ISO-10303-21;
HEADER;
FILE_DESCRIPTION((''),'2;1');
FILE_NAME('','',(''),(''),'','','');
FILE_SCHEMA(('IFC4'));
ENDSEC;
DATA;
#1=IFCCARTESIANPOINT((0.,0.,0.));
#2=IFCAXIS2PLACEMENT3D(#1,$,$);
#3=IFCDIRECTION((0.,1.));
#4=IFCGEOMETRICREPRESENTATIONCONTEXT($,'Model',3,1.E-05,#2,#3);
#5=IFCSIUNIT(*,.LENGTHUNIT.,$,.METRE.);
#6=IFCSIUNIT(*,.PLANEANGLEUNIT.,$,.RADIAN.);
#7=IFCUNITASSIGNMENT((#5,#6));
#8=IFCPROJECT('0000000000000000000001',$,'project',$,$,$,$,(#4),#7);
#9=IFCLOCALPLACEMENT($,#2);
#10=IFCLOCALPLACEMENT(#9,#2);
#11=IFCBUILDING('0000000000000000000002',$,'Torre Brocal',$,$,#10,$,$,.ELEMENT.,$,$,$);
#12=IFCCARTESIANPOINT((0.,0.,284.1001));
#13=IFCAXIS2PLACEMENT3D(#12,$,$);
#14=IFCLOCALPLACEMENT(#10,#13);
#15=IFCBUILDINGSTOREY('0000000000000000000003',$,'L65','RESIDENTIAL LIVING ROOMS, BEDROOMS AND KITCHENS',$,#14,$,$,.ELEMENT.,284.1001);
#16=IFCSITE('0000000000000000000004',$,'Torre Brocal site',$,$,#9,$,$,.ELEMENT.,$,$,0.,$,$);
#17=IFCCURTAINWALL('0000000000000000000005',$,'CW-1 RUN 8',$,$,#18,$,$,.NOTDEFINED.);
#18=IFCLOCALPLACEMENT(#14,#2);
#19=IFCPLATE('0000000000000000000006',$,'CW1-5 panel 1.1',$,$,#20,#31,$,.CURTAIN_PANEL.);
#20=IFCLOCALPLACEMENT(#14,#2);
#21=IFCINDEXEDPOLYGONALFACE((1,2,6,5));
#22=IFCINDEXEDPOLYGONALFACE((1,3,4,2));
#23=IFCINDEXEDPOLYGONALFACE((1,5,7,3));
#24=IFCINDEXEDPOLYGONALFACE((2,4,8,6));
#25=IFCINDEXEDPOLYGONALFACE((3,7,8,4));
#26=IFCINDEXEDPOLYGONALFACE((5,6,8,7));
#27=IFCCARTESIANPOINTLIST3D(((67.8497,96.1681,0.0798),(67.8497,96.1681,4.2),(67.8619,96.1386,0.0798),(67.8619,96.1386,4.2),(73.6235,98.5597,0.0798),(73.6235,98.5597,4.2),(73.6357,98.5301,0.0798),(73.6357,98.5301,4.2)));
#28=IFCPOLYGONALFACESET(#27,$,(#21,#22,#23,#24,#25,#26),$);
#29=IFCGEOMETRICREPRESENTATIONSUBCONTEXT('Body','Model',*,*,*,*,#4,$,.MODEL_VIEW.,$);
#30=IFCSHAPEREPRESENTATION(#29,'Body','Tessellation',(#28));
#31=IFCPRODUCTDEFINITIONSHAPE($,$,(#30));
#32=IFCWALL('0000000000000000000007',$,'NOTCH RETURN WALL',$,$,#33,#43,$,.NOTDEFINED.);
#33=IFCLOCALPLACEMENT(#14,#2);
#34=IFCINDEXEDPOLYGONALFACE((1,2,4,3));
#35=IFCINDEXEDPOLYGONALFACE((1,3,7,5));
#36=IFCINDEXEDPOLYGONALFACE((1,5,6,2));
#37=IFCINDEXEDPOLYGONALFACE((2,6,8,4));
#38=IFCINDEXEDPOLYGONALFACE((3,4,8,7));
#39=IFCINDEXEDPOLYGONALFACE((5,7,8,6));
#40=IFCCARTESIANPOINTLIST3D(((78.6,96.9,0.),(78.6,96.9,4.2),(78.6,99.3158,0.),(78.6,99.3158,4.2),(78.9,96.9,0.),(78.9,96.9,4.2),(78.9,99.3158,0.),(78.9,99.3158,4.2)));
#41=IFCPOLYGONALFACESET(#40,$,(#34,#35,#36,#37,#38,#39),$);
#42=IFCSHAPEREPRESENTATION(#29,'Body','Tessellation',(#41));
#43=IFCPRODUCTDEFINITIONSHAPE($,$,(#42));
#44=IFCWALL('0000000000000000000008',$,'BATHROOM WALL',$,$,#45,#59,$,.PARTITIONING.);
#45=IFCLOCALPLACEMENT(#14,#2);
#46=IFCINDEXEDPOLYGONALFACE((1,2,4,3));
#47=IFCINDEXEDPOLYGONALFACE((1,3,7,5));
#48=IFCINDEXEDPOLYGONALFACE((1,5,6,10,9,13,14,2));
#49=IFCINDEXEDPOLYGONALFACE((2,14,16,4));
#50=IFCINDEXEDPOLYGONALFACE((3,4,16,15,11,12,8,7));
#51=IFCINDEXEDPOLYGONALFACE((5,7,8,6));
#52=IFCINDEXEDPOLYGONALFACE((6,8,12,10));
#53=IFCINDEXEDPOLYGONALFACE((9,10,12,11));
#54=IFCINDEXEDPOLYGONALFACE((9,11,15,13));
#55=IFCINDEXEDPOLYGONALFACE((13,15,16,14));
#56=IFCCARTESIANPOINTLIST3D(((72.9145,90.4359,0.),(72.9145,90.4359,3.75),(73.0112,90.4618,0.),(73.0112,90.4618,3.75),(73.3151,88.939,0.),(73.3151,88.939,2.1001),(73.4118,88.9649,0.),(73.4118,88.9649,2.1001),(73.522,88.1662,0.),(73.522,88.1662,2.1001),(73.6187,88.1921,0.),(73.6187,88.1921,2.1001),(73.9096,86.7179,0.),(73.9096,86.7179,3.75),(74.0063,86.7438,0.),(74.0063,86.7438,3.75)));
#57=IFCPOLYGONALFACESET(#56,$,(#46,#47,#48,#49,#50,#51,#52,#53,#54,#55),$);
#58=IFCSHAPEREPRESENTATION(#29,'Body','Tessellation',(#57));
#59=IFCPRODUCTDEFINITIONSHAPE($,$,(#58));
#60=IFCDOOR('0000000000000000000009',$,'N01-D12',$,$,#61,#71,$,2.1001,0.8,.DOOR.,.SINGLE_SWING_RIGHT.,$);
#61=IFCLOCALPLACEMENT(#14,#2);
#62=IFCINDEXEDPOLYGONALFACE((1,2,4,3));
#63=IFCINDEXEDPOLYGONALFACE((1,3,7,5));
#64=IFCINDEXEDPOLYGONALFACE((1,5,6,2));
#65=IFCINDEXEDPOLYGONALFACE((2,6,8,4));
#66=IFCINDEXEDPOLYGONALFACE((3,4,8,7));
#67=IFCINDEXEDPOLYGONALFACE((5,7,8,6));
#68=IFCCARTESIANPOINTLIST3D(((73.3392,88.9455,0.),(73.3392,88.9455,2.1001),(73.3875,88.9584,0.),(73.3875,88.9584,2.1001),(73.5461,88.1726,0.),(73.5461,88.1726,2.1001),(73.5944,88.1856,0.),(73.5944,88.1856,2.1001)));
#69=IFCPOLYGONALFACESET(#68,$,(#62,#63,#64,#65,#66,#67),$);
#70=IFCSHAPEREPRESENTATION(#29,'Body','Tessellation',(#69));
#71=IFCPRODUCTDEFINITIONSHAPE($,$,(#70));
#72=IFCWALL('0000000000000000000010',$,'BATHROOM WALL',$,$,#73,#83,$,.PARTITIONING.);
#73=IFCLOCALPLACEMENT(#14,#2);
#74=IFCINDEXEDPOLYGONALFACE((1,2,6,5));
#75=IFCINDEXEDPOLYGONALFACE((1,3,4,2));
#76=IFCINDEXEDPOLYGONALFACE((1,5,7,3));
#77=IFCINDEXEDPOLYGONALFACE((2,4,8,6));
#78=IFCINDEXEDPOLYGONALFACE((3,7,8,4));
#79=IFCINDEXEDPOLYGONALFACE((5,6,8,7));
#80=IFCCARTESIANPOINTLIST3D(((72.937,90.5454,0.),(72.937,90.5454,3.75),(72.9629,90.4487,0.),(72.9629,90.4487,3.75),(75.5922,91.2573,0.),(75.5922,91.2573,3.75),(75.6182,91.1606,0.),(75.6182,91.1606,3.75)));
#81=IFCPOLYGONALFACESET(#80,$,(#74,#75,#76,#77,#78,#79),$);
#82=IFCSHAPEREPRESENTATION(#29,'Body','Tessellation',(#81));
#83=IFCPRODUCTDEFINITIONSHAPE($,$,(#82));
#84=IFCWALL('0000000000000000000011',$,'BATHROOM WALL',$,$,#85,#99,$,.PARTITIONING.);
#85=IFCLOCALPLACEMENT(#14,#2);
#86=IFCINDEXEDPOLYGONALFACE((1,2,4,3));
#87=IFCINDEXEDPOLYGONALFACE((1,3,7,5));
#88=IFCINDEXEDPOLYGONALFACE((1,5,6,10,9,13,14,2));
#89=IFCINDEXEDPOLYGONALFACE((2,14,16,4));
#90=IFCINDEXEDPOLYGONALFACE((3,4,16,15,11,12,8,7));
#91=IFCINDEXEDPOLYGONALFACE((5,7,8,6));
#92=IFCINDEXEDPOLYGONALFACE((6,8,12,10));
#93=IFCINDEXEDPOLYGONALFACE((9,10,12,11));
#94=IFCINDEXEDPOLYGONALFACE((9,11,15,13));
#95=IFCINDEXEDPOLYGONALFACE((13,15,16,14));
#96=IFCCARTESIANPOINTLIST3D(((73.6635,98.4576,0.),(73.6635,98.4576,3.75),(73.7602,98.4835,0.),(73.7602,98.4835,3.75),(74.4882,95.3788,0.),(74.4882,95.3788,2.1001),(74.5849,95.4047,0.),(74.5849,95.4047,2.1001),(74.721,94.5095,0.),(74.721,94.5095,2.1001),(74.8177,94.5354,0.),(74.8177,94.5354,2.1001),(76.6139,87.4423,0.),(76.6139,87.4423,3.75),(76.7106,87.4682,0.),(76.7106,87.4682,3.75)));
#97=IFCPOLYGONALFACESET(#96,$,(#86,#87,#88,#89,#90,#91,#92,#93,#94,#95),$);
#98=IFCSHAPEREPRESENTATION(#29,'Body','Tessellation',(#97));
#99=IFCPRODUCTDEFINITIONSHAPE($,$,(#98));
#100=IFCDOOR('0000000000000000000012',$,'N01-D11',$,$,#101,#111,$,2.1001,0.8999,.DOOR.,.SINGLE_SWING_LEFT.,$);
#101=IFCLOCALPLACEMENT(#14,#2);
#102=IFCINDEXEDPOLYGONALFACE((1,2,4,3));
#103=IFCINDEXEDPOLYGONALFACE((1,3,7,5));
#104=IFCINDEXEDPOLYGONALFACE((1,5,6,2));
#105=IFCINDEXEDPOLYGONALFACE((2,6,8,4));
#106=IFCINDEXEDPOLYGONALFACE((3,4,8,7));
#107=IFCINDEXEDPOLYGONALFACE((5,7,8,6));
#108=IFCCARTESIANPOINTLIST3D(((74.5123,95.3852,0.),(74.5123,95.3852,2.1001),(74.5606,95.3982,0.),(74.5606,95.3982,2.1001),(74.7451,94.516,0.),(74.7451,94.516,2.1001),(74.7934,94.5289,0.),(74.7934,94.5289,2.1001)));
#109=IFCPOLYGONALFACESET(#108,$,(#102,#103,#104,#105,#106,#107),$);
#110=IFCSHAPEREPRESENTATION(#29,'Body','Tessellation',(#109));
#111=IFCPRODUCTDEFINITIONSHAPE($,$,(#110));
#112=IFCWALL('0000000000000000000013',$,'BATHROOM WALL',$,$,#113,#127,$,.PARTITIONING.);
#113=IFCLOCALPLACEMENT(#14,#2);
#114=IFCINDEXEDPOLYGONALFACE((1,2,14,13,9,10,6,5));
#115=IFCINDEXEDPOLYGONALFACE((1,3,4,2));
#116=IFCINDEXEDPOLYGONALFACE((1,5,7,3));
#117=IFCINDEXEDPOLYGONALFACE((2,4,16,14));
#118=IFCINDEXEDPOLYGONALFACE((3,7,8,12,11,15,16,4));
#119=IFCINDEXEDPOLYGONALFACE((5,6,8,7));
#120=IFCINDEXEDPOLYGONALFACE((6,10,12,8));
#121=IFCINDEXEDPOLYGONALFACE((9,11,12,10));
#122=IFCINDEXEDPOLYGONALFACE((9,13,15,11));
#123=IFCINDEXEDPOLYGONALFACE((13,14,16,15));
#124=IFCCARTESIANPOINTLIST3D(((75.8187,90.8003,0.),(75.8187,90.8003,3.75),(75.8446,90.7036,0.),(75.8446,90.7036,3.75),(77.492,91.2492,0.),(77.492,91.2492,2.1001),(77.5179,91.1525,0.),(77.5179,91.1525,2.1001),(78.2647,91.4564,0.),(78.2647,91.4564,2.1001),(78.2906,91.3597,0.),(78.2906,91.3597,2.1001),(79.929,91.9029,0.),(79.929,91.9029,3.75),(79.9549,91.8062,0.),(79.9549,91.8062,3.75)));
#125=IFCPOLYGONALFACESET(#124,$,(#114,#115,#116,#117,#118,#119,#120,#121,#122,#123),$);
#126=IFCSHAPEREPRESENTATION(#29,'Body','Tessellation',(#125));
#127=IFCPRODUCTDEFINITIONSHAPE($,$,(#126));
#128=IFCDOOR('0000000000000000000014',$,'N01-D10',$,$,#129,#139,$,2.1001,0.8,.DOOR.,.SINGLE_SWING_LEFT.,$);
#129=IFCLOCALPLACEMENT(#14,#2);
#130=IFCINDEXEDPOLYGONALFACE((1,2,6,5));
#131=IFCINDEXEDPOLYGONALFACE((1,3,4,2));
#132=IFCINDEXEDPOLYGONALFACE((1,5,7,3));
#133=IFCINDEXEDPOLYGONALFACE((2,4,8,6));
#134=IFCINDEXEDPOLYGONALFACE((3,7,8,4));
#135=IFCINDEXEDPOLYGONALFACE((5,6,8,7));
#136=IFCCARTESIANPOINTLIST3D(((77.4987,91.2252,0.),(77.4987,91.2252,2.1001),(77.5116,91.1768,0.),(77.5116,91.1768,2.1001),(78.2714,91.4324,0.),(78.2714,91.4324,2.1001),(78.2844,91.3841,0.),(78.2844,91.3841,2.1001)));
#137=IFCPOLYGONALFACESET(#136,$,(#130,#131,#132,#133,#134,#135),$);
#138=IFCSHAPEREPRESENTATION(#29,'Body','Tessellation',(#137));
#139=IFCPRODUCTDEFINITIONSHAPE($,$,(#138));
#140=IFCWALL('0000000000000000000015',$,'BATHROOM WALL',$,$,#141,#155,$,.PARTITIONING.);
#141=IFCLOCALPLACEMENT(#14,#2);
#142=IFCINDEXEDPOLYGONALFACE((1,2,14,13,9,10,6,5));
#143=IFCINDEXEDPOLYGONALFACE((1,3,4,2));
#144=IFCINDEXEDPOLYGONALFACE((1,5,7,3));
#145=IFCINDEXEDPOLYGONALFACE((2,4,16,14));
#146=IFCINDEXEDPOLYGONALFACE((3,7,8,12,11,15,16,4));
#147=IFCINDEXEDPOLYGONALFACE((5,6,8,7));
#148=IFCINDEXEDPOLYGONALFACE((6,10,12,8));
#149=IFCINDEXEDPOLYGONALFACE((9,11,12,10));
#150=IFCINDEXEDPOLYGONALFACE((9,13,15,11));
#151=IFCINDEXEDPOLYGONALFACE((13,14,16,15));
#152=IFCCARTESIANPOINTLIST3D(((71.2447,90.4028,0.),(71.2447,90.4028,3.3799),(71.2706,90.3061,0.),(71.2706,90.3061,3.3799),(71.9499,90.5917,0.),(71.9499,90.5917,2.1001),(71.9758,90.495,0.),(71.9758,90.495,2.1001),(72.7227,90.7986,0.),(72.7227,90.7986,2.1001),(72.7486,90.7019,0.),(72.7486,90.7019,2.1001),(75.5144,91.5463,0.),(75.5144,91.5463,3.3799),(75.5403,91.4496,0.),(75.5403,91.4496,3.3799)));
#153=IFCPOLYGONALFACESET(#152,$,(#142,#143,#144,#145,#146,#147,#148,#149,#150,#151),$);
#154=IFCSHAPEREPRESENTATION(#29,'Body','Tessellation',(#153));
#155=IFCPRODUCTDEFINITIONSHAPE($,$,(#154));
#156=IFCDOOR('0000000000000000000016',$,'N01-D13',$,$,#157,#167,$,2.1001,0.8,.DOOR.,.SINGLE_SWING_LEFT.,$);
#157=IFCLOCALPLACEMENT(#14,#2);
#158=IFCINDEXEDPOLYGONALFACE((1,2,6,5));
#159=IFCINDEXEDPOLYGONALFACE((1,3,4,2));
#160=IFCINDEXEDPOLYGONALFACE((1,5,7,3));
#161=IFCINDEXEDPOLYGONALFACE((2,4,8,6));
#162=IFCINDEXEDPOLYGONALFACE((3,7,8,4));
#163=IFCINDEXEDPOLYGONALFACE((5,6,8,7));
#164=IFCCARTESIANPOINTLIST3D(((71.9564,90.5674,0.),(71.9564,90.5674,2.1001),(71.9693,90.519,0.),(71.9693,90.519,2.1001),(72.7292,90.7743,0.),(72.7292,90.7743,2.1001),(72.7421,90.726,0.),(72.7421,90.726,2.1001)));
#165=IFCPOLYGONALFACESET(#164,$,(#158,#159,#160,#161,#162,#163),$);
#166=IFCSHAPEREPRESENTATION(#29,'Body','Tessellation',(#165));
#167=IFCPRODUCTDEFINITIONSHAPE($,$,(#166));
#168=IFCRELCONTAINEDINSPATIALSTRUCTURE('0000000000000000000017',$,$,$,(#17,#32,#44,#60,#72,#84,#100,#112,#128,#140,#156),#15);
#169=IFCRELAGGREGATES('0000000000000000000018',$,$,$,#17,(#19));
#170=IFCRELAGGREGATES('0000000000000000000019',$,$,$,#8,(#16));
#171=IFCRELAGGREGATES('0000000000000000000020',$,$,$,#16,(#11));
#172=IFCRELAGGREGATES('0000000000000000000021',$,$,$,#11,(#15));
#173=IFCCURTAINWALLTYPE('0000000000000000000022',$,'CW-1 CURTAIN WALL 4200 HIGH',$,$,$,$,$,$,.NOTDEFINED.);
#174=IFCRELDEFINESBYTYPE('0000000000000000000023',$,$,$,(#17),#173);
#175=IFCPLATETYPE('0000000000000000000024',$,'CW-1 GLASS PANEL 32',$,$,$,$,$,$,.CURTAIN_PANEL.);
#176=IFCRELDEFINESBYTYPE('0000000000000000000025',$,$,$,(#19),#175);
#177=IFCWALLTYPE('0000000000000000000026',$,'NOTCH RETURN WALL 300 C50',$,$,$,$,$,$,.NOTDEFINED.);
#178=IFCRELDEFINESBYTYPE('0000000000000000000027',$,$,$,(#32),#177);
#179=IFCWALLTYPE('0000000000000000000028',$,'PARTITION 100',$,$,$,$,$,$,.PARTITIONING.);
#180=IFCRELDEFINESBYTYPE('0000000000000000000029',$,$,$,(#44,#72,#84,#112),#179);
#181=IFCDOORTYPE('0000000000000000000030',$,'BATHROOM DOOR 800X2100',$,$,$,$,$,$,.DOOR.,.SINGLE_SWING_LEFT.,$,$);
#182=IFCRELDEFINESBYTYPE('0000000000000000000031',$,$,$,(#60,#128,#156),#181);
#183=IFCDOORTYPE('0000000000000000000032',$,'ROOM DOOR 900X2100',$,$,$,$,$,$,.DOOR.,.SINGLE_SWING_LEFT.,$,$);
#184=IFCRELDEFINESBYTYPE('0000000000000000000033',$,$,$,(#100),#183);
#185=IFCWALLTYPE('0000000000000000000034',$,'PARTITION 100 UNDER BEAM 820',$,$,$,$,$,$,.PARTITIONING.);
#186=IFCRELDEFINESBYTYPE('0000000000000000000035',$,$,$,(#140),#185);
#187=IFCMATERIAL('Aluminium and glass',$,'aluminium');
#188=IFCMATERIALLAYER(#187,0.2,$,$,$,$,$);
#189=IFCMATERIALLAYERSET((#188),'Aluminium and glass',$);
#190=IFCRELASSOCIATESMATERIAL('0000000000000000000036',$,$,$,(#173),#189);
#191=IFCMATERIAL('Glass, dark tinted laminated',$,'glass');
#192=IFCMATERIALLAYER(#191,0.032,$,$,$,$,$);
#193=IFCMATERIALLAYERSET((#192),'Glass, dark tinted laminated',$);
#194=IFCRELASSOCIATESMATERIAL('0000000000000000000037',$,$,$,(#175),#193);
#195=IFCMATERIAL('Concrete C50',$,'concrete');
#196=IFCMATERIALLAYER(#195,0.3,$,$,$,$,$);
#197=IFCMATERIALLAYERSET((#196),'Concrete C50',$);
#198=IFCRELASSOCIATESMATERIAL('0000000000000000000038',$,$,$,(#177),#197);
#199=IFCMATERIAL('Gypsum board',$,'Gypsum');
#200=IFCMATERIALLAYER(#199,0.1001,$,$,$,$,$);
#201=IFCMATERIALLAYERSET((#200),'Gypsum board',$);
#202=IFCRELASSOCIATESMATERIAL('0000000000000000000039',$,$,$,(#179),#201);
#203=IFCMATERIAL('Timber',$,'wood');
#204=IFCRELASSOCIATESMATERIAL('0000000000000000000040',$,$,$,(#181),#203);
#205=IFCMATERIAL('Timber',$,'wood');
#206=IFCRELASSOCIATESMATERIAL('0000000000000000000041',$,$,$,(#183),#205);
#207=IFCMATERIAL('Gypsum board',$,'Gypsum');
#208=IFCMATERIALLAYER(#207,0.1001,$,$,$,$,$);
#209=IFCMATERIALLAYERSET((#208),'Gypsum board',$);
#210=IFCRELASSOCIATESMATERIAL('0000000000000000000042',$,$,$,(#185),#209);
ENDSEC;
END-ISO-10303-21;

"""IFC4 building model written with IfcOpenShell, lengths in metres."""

from ifc_helpers import new_model, si_unit, direction, frame, frame_2d, origin, origin_2d, place, context, subcontext, project, spatial, rectangle, extrude, material, layer, layer_set, type_object, element, fill, aggregate, save


model = new_model("IFC4")

# Units and contexts
model_context = context("Model", 3, precision=1e-05, world=origin(), true_north=direction((0.0, 1.0)))
body_context = subcontext(model_context, "Body", "Model", "MODEL_VIEW")
ifc_project = project(units=[si_unit("LENGTHUNIT", "METRE"), si_unit("PLANEANGLEUNIT", "RADIAN")], contexts=[model_context])

# Site, building, storey
site_placement = place(None, origin())
site = spatial("IfcSite", under=ifc_project, at=site_placement, Name="Torre Brocal site", CompositionType="ELEMENT", RefElevation=0.0)
building_placement = place(site_placement, origin())
building = spatial("IfcBuilding", under=site, at=building_placement, Name="Torre Brocal", CompositionType="ELEMENT")
storey_placement = place(building_placement, frame((0.0, 0.0, 284.1001)))
storey = spatial("IfcBuildingStorey", under=building, at=storey_placement, Name="L65", Description="RESIDENTIAL LIVING ROOMS, BEDROOMS AND KITCHENS", CompositionType="ELEMENT", Elevation=284.1001)

# Shared definitions
ifc_material_1 = material(Name="Aluminium and glass", Category="aluminium")
ifc_layer_1 = layer(ifc_material_1, 0.2)
ifc_layer_set_1 = layer_set([ifc_layer_1], Name="Aluminium and glass")
curtain_wall_type = type_object("IfcCurtainWallType", Name="CW-1 CURTAIN WALL 4200 HIGH", PredefinedType="NOTDEFINED", material=ifc_layer_set_1)

# Curtain wall
curtain_wall_1_placement = place(storey_placement, origin())
curtain_wall_1 = element("IfcCurtainWall", 1, at=curtain_wall_1_placement, inside=storey, type_object=curtain_wall_type, Name="CW-1 RUN 8", PredefinedType="NOTDEFINED")

# Plate
ifc_material_2 = material(Name="Glass, dark tinted laminated", Category="glass")
ifc_layer_2 = layer(ifc_material_2, 0.032)
ifc_layer_set_2 = layer_set([ifc_layer_2], Name="Glass, dark tinted laminated")
plate_type = type_object("IfcPlateType", Name="CW-1 GLASS PANEL 32", PredefinedType="CURTAIN_PANEL", material=ifc_layer_set_2)
plate_1_placement = place(storey_placement, frame((70.7427, 97.3491, 0.0798), z_axis=(0.0, 0.0, 1.0), x_axis=(-0.92388, -0.382683, 0.0)))
plate_1 = element("IfcPlate", 2, at=plate_1_placement, type_object=plate_type, Name="CW1-5 panel 1.1", PredefinedType="CURTAIN_PANEL", context=body_context, shape_type="SweptSolid", body=[
    extrude(rectangle(XDim=6.2495, YDim=0.032, at=origin_2d()), origin(), (0.0, 0.0, 1.0), 4.1201),
])
aggregate(curtain_wall_1, [plate_1])

# Wall
ifc_material_3 = material(Name="Concrete C50", Category="concrete")
ifc_layer_3 = layer(ifc_material_3, 0.3)
ifc_layer_set_3 = layer_set([ifc_layer_3], Name="Concrete C50")
wall_type_1 = type_object("IfcWallType", Name="NOTCH RETURN WALL 300 C50", PredefinedType="NOTDEFINED", material=ifc_layer_set_3)
wall_1_placement = place(storey_placement, frame((78.75, 96.8999, 0.0), z_axis=(0.0, 0.0, 1.0), x_axis=(0.0, 1.0, 0.0)))
element("IfcWall", 3, at=wall_1_placement, inside=storey, type_object=wall_type_1, Name="NOTCH RETURN WALL", PredefinedType="NOTDEFINED", context=body_context, shape_type="SweptSolid", body=[
    extrude(rectangle(XDim=2.4158, YDim=0.3, at=frame_2d((1.208, 0.0))), origin(), (0.0, 0.0, 1.0), 4.2),
])

# Wall, opening, door
ifc_material_4 = material(Name="Gypsum board", Category="Gypsum")
ifc_layer_4 = layer(ifc_material_4, 0.1001)
ifc_layer_set_4 = layer_set([ifc_layer_4], Name="Gypsum board")
wall_type_2 = type_object("IfcWallType", Name="PARTITION 100", PredefinedType="PARTITIONING", material=ifc_layer_set_4)
wall_2_placement = place(storey_placement, frame((72.9629, 90.4487, 0.0), z_axis=(0.0, 0.0, 1.0), x_axis=(0.258547, -0.965999, 0.0)))
wall_2 = element("IfcWall", 4, at=wall_2_placement, inside=storey, type_object=wall_type_2, Name="BATHROOM WALL", PredefinedType="PARTITIONING", context=body_context, shape_type="SweptSolid", body=[
    extrude(rectangle(XDim=3.8489, YDim=0.1001, at=frame_2d((1.9243, 0.0))), origin(), (0.0, 0.0, 1.0), 3.75),
])
opening_1_placement = place(wall_2_placement, frame((1.5496, 0.0, 0.0)))
opening_1 = element("IfcOpeningElement", 5, at=opening_1_placement, cuts=wall_2, PredefinedType="OPENING", context=body_context, shape_type="SweptSolid", body=[
    extrude(rectangle(XDim=0.8, YDim=2.1001, at=frame_2d((0.3999, 1.05))), frame((0.0, 0.0601, 0.0), z_axis=(0.0, -1.0, 0.0), x_axis=(1.0, 0.0, 0.0)), (0.0, 0.0, 1.0), 0.1201),
])
ifc_material_5 = material(Name="Timber", Category="wood")
door_type_1 = type_object("IfcDoorType", Name="BATHROOM DOOR 800X2100", OperationType="SINGLE_SWING_LEFT", PredefinedType="DOOR", material=ifc_material_5)
door_1_placement = place(opening_1_placement, origin())
door_1 = element("IfcDoor", 6, at=door_1_placement, inside=storey, type_object=door_type_1, Name="N01-D12", OperationType="SINGLE_SWING_RIGHT", OverallHeight=2.1001, OverallWidth=0.8, PredefinedType="DOOR", context=body_context, shape_type="SweptSolid", body=[
    extrude(rectangle(XDim=0.8, YDim=2.1001, at=frame_2d((0.3999, 1.05))), frame((0.0, 0.0249, 0.0), z_axis=(0.0, -1.0, 0.0), x_axis=(1.0, 0.0, 0.0)), (0.0, 0.0, 1.0), 0.05),
])
fill(opening_1, door_1)

# Wall
wall_3_placement = place(storey_placement, frame((72.95, 90.4971, 0.0), z_axis=(0.0, 0.0, 1.0), x_axis=(0.965886, 0.258967, 0.0)))
element("IfcWall", 7, at=wall_3_placement, inside=storey, type_object=wall_type_2, Name="BATHROOM WALL", PredefinedType="PARTITIONING", context=body_context, shape_type="SweptSolid", body=[
    extrude(rectangle(XDim=2.749, YDim=0.1001, at=frame_2d((1.3745, 0.0))), origin(), (0.0, 0.0, 1.0), 3.75),
])

# Walls, openings, doors
wall_4_placement = place(storey_placement, frame((73.7119, 98.4705, 0.0), z_axis=(0.0, 0.0, 1.0), x_axis=(0.258727, -0.96595, 0.0)))
wall_4 = element("IfcWall", 8, at=wall_4_placement, inside=storey, type_object=wall_type_2, Name="BATHROOM WALL", PredefinedType="PARTITIONING", context=body_context, shape_type="SweptSolid", body=[
    extrude(rectangle(XDim=11.4036, YDim=0.1001, at=frame_2d((5.7017, 0.0))), origin(), (0.0, 0.0, 1.0), 3.75),
])
opening_2_placement = place(wall_4_placement, frame((3.1873, 0.0, 0.0)))
opening_2 = element("IfcOpeningElement", 9, at=opening_2_placement, cuts=wall_4, PredefinedType="OPENING", context=body_context, shape_type="SweptSolid", body=[
    extrude(rectangle(XDim=0.8999, YDim=2.1001, at=frame_2d((0.45, 1.05))), frame((0.0, 0.0601, 0.0), z_axis=(0.0, -1.0, 0.0), x_axis=(1.0, 0.0, 0.0)), (0.0, 0.0, 1.0), 0.1201),
])
ifc_material_6 = material(Name="Timber", Category="wood")
door_type_2 = type_object("IfcDoorType", Name="ROOM DOOR 900X2100", OperationType="SINGLE_SWING_LEFT", PredefinedType="DOOR", material=ifc_material_6)
door_2_placement = place(opening_2_placement, origin())
door_2 = element("IfcDoor", 10, at=door_2_placement, inside=storey, type_object=door_type_2, Name="N01-D11", OperationType="SINGLE_SWING_LEFT", OverallHeight=2.1001, OverallWidth=0.8999, PredefinedType="DOOR", context=body_context, shape_type="SweptSolid", body=[
    extrude(rectangle(XDim=0.8999, YDim=2.1001, at=frame_2d((0.45, 1.05))), frame((0.0, 0.0249, 0.0), z_axis=(0.0, -1.0, 0.0), x_axis=(1.0, 0.0, 0.0)), (0.0, 0.0, 1.0), 0.05),
])
fill(opening_2, door_2)
wall_5_placement = place(storey_placement, frame((75.8315, 90.752, 0.0), z_axis=(0.0, 0.0, 1.0), x_axis=(0.965857, 0.259076, 0.0)))
wall_5 = element("IfcWall", 11, at=wall_5_placement, inside=storey, type_object=wall_type_2, Name="BATHROOM WALL", PredefinedType="PARTITIONING", context=body_context, shape_type="SweptSolid", body=[
    extrude(rectangle(XDim=4.2556, YDim=0.1001, at=frame_2d((2.1279, 0.0))), origin(), (0.0, 0.0, 1.0), 3.75),
])
opening_3_placement = place(wall_5_placement, frame((1.7327, 0.0, 0.0)))
opening_3 = element("IfcOpeningElement", 12, at=opening_3_placement, cuts=wall_5, PredefinedType="OPENING", context=body_context, shape_type="SweptSolid", body=[
    extrude(rectangle(XDim=0.8, YDim=2.1001, at=frame_2d((0.3999, 1.05))), frame((0.0, 0.0601, 0.0), z_axis=(0.0, -1.0, 0.0), x_axis=(1.0, 0.0, 0.0)), (0.0, 0.0, 1.0), 0.1201),
])
door_3_placement = place(opening_3_placement, frame((0.8, 0.0, 0.0), z_axis=(0.0, 0.0, 1.0), x_axis=(-1.0, 0.0, 0.0)))
door_3 = element("IfcDoor", 13, at=door_3_placement, inside=storey, type_object=door_type_1, Name="N01-D10", OperationType="SINGLE_SWING_LEFT", OverallHeight=2.1001, OverallWidth=0.8, PredefinedType="DOOR", context=body_context, shape_type="SweptSolid", body=[
    extrude(rectangle(XDim=0.8, YDim=2.1001, at=frame_2d((0.3999, 1.05))), frame((0.0, 0.0249, 0.0), z_axis=(0.0, -1.0, 0.0), x_axis=(1.0, 0.0, 0.0)), (0.0, 0.0, 1.0), 0.05),
])
fill(opening_3, door_3)
ifc_material_7 = material(Name="Gypsum board", Category="Gypsum")
ifc_layer_5 = layer(ifc_material_7, 0.1001)
ifc_layer_set_5 = layer_set([ifc_layer_5], Name="Gypsum board")
wall_type_3 = type_object("IfcWallType", Name="PARTITION 100 UNDER BEAM 820", PredefinedType="PARTITIONING", material=ifc_layer_set_5)
wall_6_placement = place(storey_placement, frame((71.2578, 90.3545, 0.0), z_axis=(0.0, 0.0, 1.0), x_axis=(0.965956, 0.258708, 0.0)))
wall_6 = element("IfcWall", 14, at=wall_6_placement, inside=storey, type_object=wall_type_3, Name="BATHROOM WALL", PredefinedType="PARTITIONING", context=body_context, shape_type="SweptSolid", body=[
    extrude(rectangle(XDim=4.4202, YDim=0.1001, at=frame_2d((2.21, 0.0))), origin(), (0.0, 0.0, 1.0), 3.3799),
])
opening_4_placement = place(wall_6_placement, frame((0.73, 0.0, 0.0)))
opening_4 = element("IfcOpeningElement", 15, at=opening_4_placement, cuts=wall_6, PredefinedType="OPENING", context=body_context, shape_type="SweptSolid", body=[
    extrude(rectangle(XDim=0.8, YDim=2.1001, at=frame_2d((0.3999, 1.05))), frame((0.0, 0.0601, 0.0), z_axis=(0.0, -1.0, 0.0), x_axis=(1.0, 0.0, 0.0)), (0.0, 0.0, 1.0), 0.1201),
])
door_4_placement = place(opening_4_placement, origin())
door_4 = element("IfcDoor", 16, at=door_4_placement, inside=storey, type_object=door_type_1, Name="N01-D13", OperationType="SINGLE_SWING_LEFT", OverallHeight=2.1001, OverallWidth=0.8, PredefinedType="DOOR", context=body_context, shape_type="SweptSolid", body=[
    extrude(rectangle(XDim=0.8, YDim=2.1001, at=frame_2d((0.3999, 1.05))), frame((0.0, 0.0249, 0.0), z_axis=(0.0, -1.0, 0.0), x_axis=(1.0, 0.0, 0.0)), (0.0, 0.0, 1.0), 0.05),
])
fill(opening_4, door_4)

save(model, "model.ifc")
